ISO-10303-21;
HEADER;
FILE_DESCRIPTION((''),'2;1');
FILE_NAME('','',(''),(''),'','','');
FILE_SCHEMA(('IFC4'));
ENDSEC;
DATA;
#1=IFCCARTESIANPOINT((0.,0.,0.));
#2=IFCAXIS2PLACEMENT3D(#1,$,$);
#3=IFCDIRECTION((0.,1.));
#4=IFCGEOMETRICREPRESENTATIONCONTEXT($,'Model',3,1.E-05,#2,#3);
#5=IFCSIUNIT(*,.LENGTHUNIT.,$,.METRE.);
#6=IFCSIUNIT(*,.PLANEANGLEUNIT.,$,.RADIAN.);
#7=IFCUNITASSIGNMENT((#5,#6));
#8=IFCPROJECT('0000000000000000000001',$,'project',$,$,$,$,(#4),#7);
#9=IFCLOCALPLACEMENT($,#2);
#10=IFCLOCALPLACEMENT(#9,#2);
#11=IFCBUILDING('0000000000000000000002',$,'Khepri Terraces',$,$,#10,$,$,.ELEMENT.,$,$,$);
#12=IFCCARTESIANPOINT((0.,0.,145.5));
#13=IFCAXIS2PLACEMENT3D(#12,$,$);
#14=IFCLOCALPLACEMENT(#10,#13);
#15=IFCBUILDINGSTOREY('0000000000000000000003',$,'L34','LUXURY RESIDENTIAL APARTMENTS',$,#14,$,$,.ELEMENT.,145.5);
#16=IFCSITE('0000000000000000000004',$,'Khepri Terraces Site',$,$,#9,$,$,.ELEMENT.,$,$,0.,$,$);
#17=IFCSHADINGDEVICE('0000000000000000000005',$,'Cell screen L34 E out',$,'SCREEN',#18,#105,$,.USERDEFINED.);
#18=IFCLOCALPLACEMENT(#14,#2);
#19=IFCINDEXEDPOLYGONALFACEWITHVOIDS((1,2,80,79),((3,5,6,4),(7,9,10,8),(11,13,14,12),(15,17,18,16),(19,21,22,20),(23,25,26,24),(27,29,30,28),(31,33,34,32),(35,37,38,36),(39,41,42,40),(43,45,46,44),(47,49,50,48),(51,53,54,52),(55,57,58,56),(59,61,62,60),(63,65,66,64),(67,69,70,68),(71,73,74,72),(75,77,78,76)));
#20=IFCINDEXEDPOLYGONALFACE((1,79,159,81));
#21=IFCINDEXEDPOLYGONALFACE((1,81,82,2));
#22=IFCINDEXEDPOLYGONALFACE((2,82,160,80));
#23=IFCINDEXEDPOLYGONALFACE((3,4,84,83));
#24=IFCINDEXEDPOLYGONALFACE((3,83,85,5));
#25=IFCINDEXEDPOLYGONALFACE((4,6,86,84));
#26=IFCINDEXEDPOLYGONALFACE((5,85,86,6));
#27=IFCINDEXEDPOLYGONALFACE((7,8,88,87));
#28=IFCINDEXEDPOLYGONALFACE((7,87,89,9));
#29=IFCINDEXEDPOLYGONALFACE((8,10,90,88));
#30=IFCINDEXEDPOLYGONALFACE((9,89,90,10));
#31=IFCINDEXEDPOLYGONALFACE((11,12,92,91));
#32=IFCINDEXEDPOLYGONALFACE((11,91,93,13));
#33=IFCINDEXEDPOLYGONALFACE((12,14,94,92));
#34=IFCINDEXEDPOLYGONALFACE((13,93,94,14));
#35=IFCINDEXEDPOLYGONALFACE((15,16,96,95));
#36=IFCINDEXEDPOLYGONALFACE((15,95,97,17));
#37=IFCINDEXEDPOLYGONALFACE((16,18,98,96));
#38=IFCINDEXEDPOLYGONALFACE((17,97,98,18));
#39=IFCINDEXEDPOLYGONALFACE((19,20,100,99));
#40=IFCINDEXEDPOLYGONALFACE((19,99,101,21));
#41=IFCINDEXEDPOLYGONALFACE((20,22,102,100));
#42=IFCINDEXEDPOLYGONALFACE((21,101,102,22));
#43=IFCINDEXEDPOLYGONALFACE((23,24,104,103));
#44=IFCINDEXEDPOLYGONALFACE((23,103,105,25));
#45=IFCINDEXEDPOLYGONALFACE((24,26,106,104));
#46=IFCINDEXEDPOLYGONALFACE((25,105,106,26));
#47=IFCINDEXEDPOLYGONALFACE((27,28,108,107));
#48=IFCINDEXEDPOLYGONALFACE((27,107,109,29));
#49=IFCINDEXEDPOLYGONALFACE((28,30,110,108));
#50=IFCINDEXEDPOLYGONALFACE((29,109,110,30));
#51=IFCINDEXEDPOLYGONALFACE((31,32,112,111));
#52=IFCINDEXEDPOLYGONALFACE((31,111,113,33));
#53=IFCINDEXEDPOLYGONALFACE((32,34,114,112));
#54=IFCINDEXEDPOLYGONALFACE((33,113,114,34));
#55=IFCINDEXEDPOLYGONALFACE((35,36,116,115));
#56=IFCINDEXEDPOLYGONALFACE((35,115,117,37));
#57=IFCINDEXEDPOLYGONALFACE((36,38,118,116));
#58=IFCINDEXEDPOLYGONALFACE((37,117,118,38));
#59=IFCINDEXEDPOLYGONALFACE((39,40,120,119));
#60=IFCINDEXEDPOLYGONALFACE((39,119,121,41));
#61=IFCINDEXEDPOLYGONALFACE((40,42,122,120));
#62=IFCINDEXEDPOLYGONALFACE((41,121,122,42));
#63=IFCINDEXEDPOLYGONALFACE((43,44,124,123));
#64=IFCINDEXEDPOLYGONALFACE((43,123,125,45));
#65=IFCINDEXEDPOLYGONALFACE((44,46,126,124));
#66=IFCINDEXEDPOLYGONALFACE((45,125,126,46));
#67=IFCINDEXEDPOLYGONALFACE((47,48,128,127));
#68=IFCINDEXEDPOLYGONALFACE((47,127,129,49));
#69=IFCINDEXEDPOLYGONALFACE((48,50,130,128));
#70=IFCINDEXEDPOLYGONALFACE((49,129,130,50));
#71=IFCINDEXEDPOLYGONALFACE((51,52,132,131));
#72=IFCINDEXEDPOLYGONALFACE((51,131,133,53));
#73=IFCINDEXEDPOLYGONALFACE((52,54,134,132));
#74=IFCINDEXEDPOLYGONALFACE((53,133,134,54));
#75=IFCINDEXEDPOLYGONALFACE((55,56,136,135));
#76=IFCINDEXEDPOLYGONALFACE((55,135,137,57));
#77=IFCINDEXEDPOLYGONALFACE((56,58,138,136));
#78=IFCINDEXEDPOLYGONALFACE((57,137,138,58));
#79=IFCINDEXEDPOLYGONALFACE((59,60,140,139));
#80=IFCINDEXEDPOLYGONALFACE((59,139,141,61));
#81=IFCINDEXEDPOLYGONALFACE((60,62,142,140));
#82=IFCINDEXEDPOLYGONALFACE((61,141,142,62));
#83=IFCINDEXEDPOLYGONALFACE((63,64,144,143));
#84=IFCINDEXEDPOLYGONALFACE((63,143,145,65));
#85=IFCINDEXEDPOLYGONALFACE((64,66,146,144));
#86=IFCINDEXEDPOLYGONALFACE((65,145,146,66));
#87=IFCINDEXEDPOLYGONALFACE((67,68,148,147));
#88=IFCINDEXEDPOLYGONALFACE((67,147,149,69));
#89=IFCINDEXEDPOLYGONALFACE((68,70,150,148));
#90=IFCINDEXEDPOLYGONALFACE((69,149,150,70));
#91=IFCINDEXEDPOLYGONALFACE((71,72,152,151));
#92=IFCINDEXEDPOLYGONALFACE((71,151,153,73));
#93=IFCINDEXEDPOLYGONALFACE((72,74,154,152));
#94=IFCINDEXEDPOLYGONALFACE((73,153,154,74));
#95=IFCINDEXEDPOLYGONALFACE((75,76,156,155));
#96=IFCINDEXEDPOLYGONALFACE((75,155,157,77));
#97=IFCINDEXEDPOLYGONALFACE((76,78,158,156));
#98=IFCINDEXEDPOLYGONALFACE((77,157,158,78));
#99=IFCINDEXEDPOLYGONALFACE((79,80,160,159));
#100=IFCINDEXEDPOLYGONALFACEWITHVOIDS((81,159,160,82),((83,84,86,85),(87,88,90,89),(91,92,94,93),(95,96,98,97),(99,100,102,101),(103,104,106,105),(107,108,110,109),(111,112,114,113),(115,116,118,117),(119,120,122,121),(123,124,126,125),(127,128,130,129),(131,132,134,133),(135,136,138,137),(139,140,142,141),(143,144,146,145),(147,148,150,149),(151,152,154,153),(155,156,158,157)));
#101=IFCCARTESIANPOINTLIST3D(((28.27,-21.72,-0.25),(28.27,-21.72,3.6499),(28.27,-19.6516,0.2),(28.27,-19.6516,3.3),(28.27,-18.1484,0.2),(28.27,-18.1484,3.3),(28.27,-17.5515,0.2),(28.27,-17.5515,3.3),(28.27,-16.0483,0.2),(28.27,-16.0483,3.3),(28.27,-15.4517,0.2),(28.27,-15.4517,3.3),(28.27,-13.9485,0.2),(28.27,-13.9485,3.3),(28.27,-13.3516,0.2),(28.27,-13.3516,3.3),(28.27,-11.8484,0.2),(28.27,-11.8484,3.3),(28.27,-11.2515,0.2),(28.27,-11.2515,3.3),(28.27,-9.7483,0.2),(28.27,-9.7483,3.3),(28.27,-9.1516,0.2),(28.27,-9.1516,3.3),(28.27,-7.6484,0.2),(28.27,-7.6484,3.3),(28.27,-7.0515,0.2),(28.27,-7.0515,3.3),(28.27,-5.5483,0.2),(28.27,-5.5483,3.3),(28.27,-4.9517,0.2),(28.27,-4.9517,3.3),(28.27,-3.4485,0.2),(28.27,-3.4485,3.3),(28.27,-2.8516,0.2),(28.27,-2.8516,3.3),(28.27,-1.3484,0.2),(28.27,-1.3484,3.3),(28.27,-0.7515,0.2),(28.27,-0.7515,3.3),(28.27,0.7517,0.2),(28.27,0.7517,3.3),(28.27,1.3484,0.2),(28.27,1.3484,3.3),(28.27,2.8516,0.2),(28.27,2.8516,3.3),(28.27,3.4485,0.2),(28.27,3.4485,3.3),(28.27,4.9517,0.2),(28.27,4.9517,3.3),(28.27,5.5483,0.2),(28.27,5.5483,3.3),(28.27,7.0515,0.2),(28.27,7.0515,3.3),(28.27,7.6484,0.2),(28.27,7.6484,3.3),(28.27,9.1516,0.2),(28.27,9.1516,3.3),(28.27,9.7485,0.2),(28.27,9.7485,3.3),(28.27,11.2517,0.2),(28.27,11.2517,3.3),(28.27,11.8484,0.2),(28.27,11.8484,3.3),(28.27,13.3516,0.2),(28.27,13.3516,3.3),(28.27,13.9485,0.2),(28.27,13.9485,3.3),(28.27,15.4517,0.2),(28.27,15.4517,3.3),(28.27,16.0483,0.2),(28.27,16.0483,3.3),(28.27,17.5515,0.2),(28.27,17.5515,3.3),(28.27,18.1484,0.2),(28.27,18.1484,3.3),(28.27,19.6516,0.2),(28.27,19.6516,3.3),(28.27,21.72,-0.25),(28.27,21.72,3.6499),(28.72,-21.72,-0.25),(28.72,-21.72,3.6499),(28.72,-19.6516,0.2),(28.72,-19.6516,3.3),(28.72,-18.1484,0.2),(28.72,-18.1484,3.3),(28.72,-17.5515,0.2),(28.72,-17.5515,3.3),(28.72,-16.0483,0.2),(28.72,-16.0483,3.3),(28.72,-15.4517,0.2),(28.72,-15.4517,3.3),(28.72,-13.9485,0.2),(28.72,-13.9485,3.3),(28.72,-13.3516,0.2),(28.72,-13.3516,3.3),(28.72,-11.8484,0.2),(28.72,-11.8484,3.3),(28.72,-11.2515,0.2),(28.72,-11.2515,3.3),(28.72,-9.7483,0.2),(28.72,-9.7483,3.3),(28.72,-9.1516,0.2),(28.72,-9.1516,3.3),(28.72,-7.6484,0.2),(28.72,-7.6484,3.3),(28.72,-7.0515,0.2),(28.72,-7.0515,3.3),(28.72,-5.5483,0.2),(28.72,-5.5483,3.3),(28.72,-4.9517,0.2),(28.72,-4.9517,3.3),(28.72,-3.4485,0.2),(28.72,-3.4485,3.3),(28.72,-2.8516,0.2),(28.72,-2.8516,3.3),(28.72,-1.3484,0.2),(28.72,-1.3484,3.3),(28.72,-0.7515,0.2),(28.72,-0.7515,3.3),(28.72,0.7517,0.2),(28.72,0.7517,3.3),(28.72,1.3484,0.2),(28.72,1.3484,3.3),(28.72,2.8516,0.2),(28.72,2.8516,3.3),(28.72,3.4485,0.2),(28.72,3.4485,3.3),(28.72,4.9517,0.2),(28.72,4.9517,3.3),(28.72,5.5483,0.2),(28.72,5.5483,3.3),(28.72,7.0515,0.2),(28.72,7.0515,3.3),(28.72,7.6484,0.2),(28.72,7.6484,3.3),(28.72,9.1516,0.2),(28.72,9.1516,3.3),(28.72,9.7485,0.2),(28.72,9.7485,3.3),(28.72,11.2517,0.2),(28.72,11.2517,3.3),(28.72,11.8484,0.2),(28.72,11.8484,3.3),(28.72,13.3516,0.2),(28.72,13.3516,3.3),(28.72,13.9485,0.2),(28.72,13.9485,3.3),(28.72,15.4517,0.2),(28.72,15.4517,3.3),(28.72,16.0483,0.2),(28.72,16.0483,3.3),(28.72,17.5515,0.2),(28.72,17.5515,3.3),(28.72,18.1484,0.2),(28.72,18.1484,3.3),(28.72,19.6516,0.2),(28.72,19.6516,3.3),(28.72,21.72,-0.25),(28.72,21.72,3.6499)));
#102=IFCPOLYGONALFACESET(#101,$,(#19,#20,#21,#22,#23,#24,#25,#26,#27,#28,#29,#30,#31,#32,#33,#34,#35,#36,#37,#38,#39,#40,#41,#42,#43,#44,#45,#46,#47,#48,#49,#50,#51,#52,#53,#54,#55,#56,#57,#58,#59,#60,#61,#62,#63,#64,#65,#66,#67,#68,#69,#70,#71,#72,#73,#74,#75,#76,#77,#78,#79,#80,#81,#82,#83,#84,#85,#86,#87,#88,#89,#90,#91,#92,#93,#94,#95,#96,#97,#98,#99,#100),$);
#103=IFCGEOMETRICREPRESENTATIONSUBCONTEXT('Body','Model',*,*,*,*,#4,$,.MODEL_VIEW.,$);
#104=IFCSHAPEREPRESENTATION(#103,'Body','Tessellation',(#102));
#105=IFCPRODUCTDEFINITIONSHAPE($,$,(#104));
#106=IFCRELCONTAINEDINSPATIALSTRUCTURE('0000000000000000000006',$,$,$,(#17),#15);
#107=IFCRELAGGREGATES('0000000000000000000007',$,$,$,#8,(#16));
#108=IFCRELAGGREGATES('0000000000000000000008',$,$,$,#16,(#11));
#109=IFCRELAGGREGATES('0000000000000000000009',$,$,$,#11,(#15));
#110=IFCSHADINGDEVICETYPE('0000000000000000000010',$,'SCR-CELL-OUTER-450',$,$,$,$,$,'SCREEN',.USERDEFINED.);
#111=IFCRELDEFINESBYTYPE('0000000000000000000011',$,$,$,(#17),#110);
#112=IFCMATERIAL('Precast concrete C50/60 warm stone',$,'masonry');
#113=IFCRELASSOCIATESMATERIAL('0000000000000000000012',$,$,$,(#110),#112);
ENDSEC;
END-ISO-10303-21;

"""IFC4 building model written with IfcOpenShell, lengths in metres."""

from ifc_helpers import new_model, si_unit, direction, frame, origin, place, context, subcontext, project, spatial, polyline, outline, extrude, material, type_object, element, save


model = new_model("IFC4")

# Units and contexts
model_context = context("Model", 3, precision=1e-05, world=origin(), true_north=direction((0.0, 1.0)))
body_context = subcontext(model_context, "Body", "Model", "MODEL_VIEW")
ifc_project = project(units=[si_unit("LENGTHUNIT", "METRE"), si_unit("PLANEANGLEUNIT", "RADIAN")], contexts=[model_context])

# Site, building, storey
site_placement = place(None, origin())
site = spatial("IfcSite", under=ifc_project, at=site_placement, Name="Khepri Terraces Site", CompositionType="ELEMENT", RefElevation=0.0)
building_placement = place(site_placement, origin())
building = spatial("IfcBuilding", under=site, at=building_placement, Name="Khepri Terraces", CompositionType="ELEMENT")
storey_placement = place(building_placement, frame((0.0, 0.0, 145.5)))
storey = spatial("IfcBuildingStorey", under=building, at=storey_placement, Name="L34", Description="LUXURY RESIDENTIAL APARTMENTS", CompositionType="ELEMENT", Elevation=145.5)

# Shared definitions
ifc_material_1 = material(Name="Precast concrete C50/60 warm stone", Category="masonry")

# Shading device
shading_device_type_1 = type_object("IfcShadingDeviceType", Name="SCR-CELL-OUTER-450", ElementType="SCREEN", PredefinedType="USERDEFINED", material=ifc_material_1)
shading_device_1_placement = place(storey_placement, frame((28.27, -21.72, -0.25), z_axis=(1.0, 0.0, 0.0), x_axis=(0.0, 1.0, 0.0)))
element("IfcShadingDevice", 1, at=shading_device_1_placement, inside=storey, type_object=shading_device_type_1, Name="Cell screen L34 E out", ObjectType="SCREEN", PredefinedType="USERDEFINED", context=body_context, shape_type="SweptSolid", body=[
    extrude(outline(polyline([(0.0, 0.0), (43.4399, 0.0), (43.4399, 3.8999), (0.0, 3.8999), (0.0, 0.0)]), holes=[polyline([(2.0684, 0.45), (3.5715, 0.45), (3.5715, 3.55), (2.0684, 3.55), (2.0684, 0.45)]), polyline([(4.1685, 0.45), (5.6716, 0.45), (5.6716, 3.55), (4.1685, 3.55), (4.1685, 0.45)]), polyline([(6.2683, 0.45), (7.7715, 0.45), (7.7715, 3.55), (6.2683, 3.55), (6.2683, 0.45)]), polyline([(8.3684, 0.45), (9.8716, 0.45), (9.8716, 3.55), (8.3684, 3.55), (8.3684, 0.45)]), polyline([(10.4685, 0.45), (11.9717, 0.45), (11.9717, 3.55), (10.4685, 3.55), (10.4685, 0.45)]), polyline([(12.5684, 0.45), (14.0715, 0.45), (14.0715, 3.55), (12.5684, 3.55), (12.5684, 0.45)]), polyline([(14.6685, 0.45), (16.1716, 0.45), (16.1716, 3.55), (14.6685, 3.55), (14.6685, 0.45)]), polyline([(16.7683, 0.45), (18.2715, 0.45), (18.2715, 3.55), (16.7683, 3.55), (16.7683, 0.45)]), polyline([(18.8684, 0.45), (20.3716, 0.45), (20.3716, 3.55), (18.8684, 3.55), (18.8684, 0.45)]), polyline([(20.9685, 0.45), (22.4717, 0.45), (22.4717, 3.55), (20.9685, 3.55), (20.9685, 0.45)]), polyline([(23.0684, 0.45), (24.5715, 0.45), (24.5715, 3.55), (23.0684, 3.55), (23.0684, 0.45)]), polyline([(25.1685, 0.45), (26.6716, 0.45), (26.6716, 3.55), (25.1685, 3.55), (25.1685, 0.45)]), polyline([(27.2683, 0.45), (28.7715, 0.45), (28.7715, 3.55), (27.2683, 3.55), (27.2683, 0.45)]), polyline([(29.3684, 0.45), (30.8716, 0.45), (30.8716, 3.55), (29.3684, 3.55), (29.3684, 0.45)]), polyline([(31.4685, 0.45), (32.9717, 0.45), (32.9717, 3.55), (31.4685, 3.55), (31.4685, 0.45)]), polyline([(33.5684, 0.45), (35.0715, 0.45), (35.0715, 3.55), (33.5684, 3.55), (33.5684, 0.45)]), polyline([(35.6685, 0.45), (37.1716, 0.45), (37.1716, 3.55), (35.6685, 3.55), (35.6685, 0.45)]), polyline([(37.7683, 0.45), (39.2715, 0.45), (39.2715, 3.55), (37.7683, 3.55), (37.7683, 0.45)]), polyline([(39.8684, 0.45), (41.3716, 0.45), (41.3716, 3.55), (39.8684, 3.55), (39.8684, 0.45)])]), origin(), (0.0, 0.0, 1.0), 0.45),
])

save(model, "model.ifc")
